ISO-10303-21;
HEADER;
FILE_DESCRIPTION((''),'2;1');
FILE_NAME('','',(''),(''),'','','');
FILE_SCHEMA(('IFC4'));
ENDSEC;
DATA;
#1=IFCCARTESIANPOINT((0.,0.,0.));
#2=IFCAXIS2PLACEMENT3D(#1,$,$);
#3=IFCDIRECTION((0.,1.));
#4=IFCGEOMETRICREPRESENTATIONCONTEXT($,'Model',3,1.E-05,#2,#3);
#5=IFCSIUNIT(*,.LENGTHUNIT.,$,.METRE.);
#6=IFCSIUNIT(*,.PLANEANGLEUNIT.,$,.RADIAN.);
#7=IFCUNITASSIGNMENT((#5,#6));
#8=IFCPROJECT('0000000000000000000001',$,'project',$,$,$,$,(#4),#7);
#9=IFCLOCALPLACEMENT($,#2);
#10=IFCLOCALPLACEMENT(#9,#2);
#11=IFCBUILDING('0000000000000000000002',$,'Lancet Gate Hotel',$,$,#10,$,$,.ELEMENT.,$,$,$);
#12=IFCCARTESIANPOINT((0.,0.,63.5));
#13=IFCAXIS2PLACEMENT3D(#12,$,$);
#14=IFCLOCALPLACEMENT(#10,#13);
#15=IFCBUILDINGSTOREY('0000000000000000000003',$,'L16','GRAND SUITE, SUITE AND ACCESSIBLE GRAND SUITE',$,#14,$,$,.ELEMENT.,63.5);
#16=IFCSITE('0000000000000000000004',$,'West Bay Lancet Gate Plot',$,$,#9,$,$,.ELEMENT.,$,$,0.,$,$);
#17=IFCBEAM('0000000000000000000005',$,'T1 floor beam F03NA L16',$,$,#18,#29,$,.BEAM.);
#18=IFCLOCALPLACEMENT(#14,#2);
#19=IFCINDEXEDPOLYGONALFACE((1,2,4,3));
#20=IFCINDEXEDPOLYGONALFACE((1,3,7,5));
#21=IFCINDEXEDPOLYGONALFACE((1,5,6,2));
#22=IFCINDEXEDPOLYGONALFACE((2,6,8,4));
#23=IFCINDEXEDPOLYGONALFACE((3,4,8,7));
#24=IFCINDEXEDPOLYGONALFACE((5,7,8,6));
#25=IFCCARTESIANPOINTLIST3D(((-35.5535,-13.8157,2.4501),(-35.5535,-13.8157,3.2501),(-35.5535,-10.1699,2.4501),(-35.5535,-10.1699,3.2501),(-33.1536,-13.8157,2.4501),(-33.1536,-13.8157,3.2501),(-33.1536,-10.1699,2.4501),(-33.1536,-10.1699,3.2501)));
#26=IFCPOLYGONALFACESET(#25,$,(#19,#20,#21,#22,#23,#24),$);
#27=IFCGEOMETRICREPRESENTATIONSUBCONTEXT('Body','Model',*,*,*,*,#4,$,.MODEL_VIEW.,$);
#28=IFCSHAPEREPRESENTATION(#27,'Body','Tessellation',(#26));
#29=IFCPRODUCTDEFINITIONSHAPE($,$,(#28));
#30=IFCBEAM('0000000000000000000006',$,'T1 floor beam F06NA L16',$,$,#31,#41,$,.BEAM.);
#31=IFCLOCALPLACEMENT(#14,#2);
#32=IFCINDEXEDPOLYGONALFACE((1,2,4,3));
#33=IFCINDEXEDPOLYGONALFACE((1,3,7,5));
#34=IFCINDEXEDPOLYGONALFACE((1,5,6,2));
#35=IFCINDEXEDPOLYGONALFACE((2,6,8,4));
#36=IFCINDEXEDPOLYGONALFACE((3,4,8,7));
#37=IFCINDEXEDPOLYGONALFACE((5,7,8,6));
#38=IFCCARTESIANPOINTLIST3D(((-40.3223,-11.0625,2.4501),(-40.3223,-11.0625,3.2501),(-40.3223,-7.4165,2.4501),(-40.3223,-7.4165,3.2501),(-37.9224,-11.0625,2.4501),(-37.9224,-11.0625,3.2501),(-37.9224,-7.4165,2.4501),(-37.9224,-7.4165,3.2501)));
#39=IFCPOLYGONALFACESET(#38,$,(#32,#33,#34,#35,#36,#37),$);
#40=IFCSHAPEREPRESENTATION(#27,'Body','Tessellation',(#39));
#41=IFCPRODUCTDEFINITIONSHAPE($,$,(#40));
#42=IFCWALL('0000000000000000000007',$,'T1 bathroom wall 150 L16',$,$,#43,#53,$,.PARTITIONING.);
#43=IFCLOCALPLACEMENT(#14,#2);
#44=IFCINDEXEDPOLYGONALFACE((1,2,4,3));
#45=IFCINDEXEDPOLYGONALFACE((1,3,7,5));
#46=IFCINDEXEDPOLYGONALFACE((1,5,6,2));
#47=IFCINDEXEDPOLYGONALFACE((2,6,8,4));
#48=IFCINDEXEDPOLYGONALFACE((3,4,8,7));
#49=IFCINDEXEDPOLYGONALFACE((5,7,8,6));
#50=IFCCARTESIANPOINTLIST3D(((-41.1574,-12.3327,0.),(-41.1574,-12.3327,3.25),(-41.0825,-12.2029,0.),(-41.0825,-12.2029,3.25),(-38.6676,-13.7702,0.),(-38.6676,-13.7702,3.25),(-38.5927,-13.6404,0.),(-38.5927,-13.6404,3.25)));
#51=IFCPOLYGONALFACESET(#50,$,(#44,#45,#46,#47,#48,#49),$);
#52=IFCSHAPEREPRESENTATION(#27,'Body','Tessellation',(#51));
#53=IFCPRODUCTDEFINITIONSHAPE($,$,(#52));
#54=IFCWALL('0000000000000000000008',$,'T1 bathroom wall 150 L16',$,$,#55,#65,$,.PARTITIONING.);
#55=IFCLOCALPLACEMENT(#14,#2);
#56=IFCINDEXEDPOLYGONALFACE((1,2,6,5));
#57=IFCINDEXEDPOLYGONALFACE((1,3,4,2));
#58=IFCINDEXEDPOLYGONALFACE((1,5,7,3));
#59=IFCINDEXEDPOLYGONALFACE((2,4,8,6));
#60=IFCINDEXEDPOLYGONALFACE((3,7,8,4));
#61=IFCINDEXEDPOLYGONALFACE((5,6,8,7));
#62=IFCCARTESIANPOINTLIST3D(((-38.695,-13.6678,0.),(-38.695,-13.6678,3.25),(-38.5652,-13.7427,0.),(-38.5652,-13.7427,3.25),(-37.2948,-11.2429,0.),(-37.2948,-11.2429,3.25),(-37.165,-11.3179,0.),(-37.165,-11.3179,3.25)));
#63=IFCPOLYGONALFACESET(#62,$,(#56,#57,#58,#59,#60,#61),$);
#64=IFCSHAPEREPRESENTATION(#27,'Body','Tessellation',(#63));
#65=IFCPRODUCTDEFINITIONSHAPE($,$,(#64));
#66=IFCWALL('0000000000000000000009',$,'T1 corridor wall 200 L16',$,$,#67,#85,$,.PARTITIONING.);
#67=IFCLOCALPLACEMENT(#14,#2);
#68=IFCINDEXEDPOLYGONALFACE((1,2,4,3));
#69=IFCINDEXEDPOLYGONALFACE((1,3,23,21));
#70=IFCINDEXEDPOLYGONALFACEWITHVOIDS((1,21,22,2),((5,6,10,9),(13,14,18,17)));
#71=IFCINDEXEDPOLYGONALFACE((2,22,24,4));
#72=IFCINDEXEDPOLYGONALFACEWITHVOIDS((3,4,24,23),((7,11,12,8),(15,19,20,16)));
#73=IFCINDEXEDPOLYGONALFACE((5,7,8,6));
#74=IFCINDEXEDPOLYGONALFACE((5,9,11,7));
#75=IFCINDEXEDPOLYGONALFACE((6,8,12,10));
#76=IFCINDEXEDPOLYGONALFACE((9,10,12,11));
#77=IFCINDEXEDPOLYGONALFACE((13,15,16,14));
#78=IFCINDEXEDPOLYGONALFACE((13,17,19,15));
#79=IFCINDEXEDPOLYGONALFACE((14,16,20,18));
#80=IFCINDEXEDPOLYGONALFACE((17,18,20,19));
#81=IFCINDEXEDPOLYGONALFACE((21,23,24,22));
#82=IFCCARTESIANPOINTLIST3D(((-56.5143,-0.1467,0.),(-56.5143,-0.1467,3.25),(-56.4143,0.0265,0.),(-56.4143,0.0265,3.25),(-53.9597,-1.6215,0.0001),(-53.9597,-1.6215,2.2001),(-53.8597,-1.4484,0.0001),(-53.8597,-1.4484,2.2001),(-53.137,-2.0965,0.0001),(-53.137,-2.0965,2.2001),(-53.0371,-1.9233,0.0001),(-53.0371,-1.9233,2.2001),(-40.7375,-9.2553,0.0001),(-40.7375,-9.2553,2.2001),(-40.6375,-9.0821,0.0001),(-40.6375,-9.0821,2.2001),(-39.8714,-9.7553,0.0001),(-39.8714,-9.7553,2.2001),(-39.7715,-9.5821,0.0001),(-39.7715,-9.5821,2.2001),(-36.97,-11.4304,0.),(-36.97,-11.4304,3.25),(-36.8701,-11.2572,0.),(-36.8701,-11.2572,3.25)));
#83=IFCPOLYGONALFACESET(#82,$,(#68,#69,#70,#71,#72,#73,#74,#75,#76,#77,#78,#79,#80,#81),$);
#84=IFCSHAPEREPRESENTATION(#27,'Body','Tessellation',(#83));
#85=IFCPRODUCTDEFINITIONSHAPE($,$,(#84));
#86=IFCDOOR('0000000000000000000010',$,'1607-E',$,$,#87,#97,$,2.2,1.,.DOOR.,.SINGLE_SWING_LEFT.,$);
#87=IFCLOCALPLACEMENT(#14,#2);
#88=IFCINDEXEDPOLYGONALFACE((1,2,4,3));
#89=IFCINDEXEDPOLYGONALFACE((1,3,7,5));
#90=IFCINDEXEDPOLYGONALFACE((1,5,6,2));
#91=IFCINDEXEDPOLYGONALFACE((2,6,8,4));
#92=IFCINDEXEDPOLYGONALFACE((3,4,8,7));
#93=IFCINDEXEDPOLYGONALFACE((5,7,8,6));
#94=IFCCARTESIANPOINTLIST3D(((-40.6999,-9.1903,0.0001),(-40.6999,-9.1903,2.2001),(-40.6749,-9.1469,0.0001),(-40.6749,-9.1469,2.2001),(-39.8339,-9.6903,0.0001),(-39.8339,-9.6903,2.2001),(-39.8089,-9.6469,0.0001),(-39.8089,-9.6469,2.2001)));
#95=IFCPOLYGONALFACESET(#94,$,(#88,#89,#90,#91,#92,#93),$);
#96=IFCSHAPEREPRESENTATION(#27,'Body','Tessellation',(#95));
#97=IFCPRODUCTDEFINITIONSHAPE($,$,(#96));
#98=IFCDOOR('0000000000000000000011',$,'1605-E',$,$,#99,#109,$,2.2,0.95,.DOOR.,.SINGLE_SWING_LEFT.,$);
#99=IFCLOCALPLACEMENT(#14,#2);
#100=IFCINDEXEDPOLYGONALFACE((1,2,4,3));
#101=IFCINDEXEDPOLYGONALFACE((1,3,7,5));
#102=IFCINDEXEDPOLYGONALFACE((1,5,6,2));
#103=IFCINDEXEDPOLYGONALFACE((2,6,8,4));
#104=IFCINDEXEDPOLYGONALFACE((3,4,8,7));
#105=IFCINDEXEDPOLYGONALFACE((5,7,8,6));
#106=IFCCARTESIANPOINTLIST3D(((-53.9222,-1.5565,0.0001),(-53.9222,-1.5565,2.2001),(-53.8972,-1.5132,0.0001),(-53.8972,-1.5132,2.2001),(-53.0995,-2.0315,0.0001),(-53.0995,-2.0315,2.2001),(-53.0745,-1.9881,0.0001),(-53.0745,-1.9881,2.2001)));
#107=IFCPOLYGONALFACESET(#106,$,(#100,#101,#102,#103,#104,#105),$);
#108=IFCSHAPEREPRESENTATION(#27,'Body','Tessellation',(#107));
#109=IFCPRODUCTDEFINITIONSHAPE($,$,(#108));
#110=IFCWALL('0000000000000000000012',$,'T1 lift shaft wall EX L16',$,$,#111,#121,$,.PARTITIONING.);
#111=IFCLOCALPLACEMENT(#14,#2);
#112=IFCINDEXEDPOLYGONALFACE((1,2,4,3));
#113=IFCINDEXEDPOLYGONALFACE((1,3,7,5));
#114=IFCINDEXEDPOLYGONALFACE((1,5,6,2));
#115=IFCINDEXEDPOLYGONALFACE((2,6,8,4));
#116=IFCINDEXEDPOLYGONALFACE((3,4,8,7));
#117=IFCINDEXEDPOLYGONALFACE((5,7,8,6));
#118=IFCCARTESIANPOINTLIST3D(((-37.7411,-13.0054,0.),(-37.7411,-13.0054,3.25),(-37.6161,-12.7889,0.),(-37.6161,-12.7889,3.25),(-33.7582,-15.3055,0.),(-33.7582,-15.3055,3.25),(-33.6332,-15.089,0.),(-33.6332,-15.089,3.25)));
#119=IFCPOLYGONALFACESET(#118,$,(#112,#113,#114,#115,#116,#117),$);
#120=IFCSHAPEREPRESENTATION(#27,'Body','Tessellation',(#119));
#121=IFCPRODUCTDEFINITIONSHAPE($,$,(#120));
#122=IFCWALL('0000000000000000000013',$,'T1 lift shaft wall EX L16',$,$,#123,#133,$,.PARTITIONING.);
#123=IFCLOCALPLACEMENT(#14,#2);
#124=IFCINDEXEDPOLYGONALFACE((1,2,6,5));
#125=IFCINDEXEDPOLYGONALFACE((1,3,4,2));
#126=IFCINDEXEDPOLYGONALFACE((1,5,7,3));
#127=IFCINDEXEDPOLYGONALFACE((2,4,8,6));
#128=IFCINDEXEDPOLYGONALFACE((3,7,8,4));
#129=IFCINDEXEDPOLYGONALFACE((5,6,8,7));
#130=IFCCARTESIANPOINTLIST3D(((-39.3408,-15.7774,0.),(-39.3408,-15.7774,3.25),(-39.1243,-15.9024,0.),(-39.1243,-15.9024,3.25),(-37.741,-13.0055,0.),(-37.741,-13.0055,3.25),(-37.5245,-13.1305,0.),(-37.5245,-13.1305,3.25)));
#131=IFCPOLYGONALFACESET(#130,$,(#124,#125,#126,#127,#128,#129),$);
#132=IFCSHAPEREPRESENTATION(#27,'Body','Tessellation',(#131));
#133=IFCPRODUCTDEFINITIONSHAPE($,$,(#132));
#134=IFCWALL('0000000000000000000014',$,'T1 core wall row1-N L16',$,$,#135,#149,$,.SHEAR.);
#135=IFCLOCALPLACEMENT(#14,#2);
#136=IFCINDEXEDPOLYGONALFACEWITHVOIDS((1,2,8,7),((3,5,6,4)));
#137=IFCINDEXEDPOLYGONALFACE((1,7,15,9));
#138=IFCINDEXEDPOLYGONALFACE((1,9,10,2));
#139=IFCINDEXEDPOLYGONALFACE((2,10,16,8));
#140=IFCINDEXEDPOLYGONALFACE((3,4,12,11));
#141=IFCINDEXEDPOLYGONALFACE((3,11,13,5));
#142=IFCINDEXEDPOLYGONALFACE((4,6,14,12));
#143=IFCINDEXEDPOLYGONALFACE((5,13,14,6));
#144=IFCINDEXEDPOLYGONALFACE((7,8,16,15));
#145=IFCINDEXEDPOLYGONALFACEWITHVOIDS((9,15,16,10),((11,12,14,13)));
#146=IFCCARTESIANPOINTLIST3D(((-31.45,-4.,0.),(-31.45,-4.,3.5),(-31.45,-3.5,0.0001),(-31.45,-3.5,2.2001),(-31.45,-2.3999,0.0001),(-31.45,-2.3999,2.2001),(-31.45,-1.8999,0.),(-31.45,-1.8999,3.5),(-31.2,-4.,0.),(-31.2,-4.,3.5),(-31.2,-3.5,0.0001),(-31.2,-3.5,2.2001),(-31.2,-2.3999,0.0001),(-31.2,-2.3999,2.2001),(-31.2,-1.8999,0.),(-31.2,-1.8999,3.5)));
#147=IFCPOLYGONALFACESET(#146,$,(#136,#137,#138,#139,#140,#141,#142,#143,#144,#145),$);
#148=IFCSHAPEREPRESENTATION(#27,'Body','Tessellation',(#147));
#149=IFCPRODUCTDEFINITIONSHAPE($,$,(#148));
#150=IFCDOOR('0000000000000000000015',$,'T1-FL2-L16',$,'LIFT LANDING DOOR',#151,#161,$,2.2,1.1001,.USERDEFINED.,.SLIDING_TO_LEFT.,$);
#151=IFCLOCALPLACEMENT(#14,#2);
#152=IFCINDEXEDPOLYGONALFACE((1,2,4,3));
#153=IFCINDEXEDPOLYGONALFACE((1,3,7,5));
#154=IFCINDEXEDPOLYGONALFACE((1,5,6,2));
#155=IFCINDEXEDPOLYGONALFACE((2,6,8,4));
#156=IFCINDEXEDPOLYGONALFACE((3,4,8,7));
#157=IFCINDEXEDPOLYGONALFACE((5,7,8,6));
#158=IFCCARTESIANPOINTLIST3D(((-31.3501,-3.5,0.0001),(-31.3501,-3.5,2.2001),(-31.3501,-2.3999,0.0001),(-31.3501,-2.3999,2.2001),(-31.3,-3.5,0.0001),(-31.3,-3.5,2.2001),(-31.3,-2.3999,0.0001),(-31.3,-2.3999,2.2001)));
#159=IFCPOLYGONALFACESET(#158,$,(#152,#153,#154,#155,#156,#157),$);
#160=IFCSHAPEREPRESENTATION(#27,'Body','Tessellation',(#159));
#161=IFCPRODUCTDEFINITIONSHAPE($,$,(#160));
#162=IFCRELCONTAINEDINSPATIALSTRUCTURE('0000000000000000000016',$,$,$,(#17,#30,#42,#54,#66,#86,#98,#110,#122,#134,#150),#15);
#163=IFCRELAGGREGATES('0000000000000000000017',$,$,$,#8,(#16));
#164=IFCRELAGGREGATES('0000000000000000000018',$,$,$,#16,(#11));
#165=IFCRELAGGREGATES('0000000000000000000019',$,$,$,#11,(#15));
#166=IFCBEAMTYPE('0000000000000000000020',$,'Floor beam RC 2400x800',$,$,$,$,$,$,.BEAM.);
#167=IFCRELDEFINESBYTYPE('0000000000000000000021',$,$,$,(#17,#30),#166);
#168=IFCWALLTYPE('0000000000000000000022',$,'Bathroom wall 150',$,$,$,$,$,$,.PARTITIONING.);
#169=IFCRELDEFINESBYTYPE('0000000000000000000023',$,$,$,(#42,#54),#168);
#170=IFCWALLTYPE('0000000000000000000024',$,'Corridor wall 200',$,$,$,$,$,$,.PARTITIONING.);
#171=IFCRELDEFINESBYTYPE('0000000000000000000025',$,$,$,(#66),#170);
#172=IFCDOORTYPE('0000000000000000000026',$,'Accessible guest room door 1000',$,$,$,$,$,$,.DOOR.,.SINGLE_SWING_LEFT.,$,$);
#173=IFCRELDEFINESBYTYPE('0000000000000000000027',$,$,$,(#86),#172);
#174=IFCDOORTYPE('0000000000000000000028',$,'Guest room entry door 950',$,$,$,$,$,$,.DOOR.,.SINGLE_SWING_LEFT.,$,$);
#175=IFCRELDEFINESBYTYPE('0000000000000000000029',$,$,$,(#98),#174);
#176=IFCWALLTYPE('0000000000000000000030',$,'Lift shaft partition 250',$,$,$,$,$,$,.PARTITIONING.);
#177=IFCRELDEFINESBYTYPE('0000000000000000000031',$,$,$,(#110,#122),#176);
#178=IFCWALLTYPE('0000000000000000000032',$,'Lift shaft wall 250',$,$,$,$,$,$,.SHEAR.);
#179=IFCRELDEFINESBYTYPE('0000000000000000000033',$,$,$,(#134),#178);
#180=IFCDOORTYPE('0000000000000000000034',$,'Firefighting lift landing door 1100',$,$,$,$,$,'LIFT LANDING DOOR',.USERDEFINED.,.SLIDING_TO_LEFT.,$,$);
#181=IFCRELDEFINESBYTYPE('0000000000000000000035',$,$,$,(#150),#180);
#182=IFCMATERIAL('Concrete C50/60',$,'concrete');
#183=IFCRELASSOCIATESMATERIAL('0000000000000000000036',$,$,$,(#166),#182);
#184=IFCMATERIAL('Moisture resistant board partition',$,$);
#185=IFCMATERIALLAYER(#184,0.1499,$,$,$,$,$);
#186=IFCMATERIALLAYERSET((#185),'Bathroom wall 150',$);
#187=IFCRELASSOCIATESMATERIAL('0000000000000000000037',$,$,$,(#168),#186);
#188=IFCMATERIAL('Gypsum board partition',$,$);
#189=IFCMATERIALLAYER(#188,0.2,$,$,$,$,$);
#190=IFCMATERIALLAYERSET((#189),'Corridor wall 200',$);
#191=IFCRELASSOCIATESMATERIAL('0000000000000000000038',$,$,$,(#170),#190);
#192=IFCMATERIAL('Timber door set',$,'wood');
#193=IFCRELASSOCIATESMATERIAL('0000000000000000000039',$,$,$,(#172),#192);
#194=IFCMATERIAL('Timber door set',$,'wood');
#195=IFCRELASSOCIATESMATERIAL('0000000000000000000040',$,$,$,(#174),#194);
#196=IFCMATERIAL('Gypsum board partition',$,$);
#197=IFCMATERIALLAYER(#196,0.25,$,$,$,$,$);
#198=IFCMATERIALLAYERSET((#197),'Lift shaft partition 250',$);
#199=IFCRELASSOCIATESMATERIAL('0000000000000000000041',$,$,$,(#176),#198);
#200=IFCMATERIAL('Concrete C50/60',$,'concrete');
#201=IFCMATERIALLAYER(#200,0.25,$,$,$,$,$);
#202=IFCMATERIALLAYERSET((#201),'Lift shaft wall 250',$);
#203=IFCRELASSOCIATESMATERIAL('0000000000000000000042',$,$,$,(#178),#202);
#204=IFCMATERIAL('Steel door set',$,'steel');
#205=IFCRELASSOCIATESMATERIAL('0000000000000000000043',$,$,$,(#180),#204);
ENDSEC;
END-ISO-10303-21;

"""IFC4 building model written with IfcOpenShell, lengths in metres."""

from ifc_helpers import new_model, si_unit, direction, frame, frame_2d, origin, origin_2d, place, context, subcontext, project, spatial, rectangle, extrude, material, layer, layer_set, material_profile, profile_set, type_object, element, fill, save


model = new_model("IFC4")

# Units and contexts
model_context = context("Model", 3, precision=1e-05, world=origin(), true_north=direction((0.0, 1.0)))
body_context = subcontext(model_context, "Body", "Model", "MODEL_VIEW")
ifc_project = project(units=[si_unit("LENGTHUNIT", "METRE"), si_unit("PLANEANGLEUNIT", "RADIAN")], contexts=[model_context])

# Site, building, storey
site_placement = place(None, origin())
site = spatial("IfcSite", under=ifc_project, at=site_placement, Name="West Bay Lancet Gate Plot", CompositionType="ELEMENT", RefElevation=0.0)
building_placement = place(site_placement, origin())
building = spatial("IfcBuilding", under=site, at=building_placement, Name="Lancet Gate Hotel", CompositionType="ELEMENT")
storey_placement = place(building_placement, frame((0.0, 0.0, 63.5)))
storey = spatial("IfcBuildingStorey", under=building, at=storey_placement, Name="L16", Description="GRAND SUITE, SUITE AND ACCESSIBLE GRAND SUITE", CompositionType="ELEMENT", Elevation=63.5)

# Beams
ifc_material_1 = material(Name="Concrete C50/60", Category="concrete")
ifc_material_profile = material_profile(ifc_material_1, rectangle(XDim=2.3999, YDim=0.8, at=origin_2d()), Name="RC 2400x800")
ifc_profile_set = profile_set([ifc_material_profile], Name="Concrete C50/60")
beam_type = type_object("IfcBeamType", Name="Floor beam RC 2400x800", PredefinedType="BEAM", material=ifc_profile_set)
beam_1_placement = place(storey_placement, frame((-34.3535, -10.1699, 2.8501), z_axis=(0.0, -1.0, 0.0), x_axis=(1.0, 0.0, 0.0)))
element("IfcBeam", 1, at=beam_1_placement, inside=storey, type_object=beam_type, Name="T1 floor beam F03NA L16", PredefinedType="BEAM", context=body_context, shape_type="SweptSolid", body=[
    extrude(rectangle(XDim=2.3999, YDim=0.8, at=origin_2d()), origin(), (0.0, 0.0, 1.0), 3.6458),
])
beam_2_placement = place(storey_placement, frame((-39.1223, -7.4165, 2.8501), z_axis=(0.0, -1.0, 0.0), x_axis=(1.0, 0.0, 0.0)))
element("IfcBeam", 2, at=beam_2_placement, inside=storey, type_object=beam_type, Name="T1 floor beam F06NA L16", PredefinedType="BEAM", context=body_context, shape_type="SweptSolid", body=[
    extrude(rectangle(XDim=2.3999, YDim=0.8, at=origin_2d()), origin(), (0.0, 0.0, 1.0), 3.646),
])

# Walls
ifc_material_2 = material(Name="Moisture resistant board partition")
ifc_layer_1 = layer(ifc_material_2, 0.1499)
ifc_layer_set_1 = layer_set([ifc_layer_1], Name="Bathroom wall 150")
wall_type_1 = type_object("IfcWallType", Name="Bathroom wall 150", PredefinedType="PARTITIONING", material=ifc_layer_set_1)
wall_1_placement = place(storey_placement, frame((-38.6301, -13.7053, 0.0), z_axis=(0.0, 0.0, 1.0), x_axis=(-0.866019, 0.500012, 0.0)))
element("IfcWall", 3, at=wall_1_placement, inside=storey, type_object=wall_type_1, Name="T1 bathroom wall 150 L16", PredefinedType="PARTITIONING", context=body_context, shape_type="SweptSolid", body=[
    extrude(rectangle(XDim=2.875, YDim=0.1499, at=frame_2d((1.4375, 0.0))), origin(), (0.0, 0.0, 1.0), 3.25),
])
wall_2_placement = place(storey_placement, frame((-37.23, -11.2805, 0.0), z_axis=(0.0, 0.0, 1.0), x_axis=(-0.50005, -0.865997, 0.0)))
element("IfcWall", 4, at=wall_2_placement, inside=storey, type_object=wall_type_1, Name="T1 bathroom wall 150 L16", PredefinedType="PARTITIONING", context=body_context, shape_type="SweptSolid", body=[
    extrude(rectangle(XDim=2.8, YDim=0.1499, at=frame_2d((1.3999, 0.0))), origin(), (0.0, 0.0, 1.0), 3.25),
])

# Wall, openings, doors
ifc_material_3 = material(Name="Gypsum board partition")
ifc_layer_2 = layer(ifc_material_3, 0.2)
ifc_layer_set_2 = layer_set([ifc_layer_2], Name="Corridor wall 200")
wall_type_2 = type_object("IfcWallType", Name="Corridor wall 200", PredefinedType="PARTITIONING", material=ifc_layer_set_2)
wall_3_placement = place(storey_placement, frame((-36.9202, -11.3438, 0.0), z_axis=(0.0, 0.0, 1.0), x_axis=(-0.866028, 0.499995, 0.0)))
wall_3 = element("IfcWall", 5, at=wall_3_placement, inside=storey, type_object=wall_type_2, Name="T1 corridor wall 200 L16", PredefinedType="PARTITIONING", context=body_context, shape_type="SweptSolid", body=[
    extrude(rectangle(XDim=22.5676, YDim=0.2, at=frame_2d((11.2837, 0.0))), origin(), (0.0, 0.0, 1.0), 3.25),
])
opening_1_placement = place(wall_3_placement, frame((18.6677, 0.0, 0.0)))
opening_1 = element("IfcOpeningElement", 6, at=opening_1_placement, cuts=wall_3, PredefinedType="OPENING", context=body_context, shape_type="SweptSolid", body=[
    extrude(rectangle(XDim=0.95, YDim=2.2, at=frame_2d((0.4751, 1.1001))), frame((0.0, 0.1099, 0.0), z_axis=(0.0, -1.0, 0.0), x_axis=(1.0, 0.0, 0.0)), (0.0, 0.0, 1.0), 0.22),
])
opening_2_placement = place(wall_3_placement, frame((3.3501, 0.0, 0.0)))
opening_2 = element("IfcOpeningElement", 7, at=opening_2_placement, cuts=wall_3, PredefinedType="OPENING", context=body_context, shape_type="SweptSolid", body=[
    extrude(rectangle(XDim=1.0, YDim=2.2, at=frame_2d((0.5, 1.1001))), frame((0.0, 0.1099, 0.0), z_axis=(0.0, -1.0, 0.0), x_axis=(1.0, 0.0, 0.0)), (0.0, 0.0, 1.0), 0.22),
])
ifc_material_4 = material(Name="Timber door set", Category="wood")
door_type_1 = type_object("IfcDoorType", Name="Accessible guest room door 1000", OperationType="SINGLE_SWING_LEFT", PredefinedType="DOOR", material=ifc_material_4)
door_1_placement = place(opening_2_placement, origin())
door_1 = element("IfcDoor", 8, at=door_1_placement, inside=storey, type_object=door_type_1, Name="1607-E", OperationType="SINGLE_SWING_LEFT", OverallHeight=2.2, OverallWidth=1.0, PredefinedType="DOOR", context=body_context, shape_type="SweptSolid", body=[
    extrude(rectangle(XDim=1.0, YDim=2.2, at=frame_2d((0.5, 1.1001))), frame((0.0, 0.0249, 0.0), z_axis=(0.0, -1.0, 0.0), x_axis=(1.0, 0.0, 0.0)), (0.0, 0.0, 1.0), 0.05),
])
fill(opening_2, door_1)
ifc_material_5 = material(Name="Timber door set", Category="wood")
door_type_2 = type_object("IfcDoorType", Name="Guest room entry door 950", OperationType="SINGLE_SWING_LEFT", PredefinedType="DOOR", material=ifc_material_5)
door_2_placement = place(opening_1_placement, origin())
door_2 = element("IfcDoor", 9, at=door_2_placement, inside=storey, type_object=door_type_2, Name="1605-E", OperationType="SINGLE_SWING_LEFT", OverallHeight=2.2, OverallWidth=0.95, PredefinedType="DOOR", context=body_context, shape_type="SweptSolid", body=[
    extrude(rectangle(XDim=0.95, YDim=2.2, at=frame_2d((0.4751, 1.1001))), frame((0.0, 0.0249, 0.0), z_axis=(0.0, -1.0, 0.0), x_axis=(1.0, 0.0, 0.0)), (0.0, 0.0, 1.0), 0.05),
])
fill(opening_1, door_2)

# Walls
ifc_material_6 = material(Name="Gypsum board partition")
ifc_layer_3 = layer(ifc_material_6, 0.25)
ifc_layer_set_3 = layer_set([ifc_layer_3], Name="Lift shaft partition 250")
wall_type_3 = type_object("IfcWallType", Name="Lift shaft partition 250", PredefinedType="PARTITIONING", material=ifc_layer_set_3)
wall_4_placement = place(storey_placement, frame((-33.6956, -15.1973, 0.0), z_axis=(0.0, 0.0, 1.0), x_axis=(-0.865977, 0.500084, 0.0)))
element("IfcWall", 10, at=wall_4_placement, inside=storey, type_object=wall_type_3, Name="T1 lift shaft wall EX L16", PredefinedType="PARTITIONING", context=body_context, shape_type="SweptSolid", body=[
    extrude(rectangle(XDim=4.5994, YDim=0.25, at=frame_2d((2.2998, 0.0))), origin(), (0.0, 0.0, 1.0), 3.25),
])
wall_5_placement = place(storey_placement, frame((-37.6328, -13.0681, 0.0), z_axis=(0.0, 0.0, 1.0), x_axis=(-0.499872, -0.866099, 0.0)))
element("IfcWall", 11, at=wall_5_placement, inside=storey, type_object=wall_type_3, Name="T1 lift shaft wall EX L16", PredefinedType="PARTITIONING", context=body_context, shape_type="SweptSolid", body=[
    extrude(rectangle(XDim=3.2004, YDim=0.25, at=frame_2d((1.6001, 0.0))), origin(), (0.0, 0.0, 1.0), 3.25),
])

# Wall, opening, door
ifc_material_7 = material(Name="Concrete C50/60", Category="concrete")
ifc_layer_4 = layer(ifc_material_7, 0.25)
ifc_layer_set_4 = layer_set([ifc_layer_4], Name="Lift shaft wall 250")
wall_type_4 = type_object("IfcWallType", Name="Lift shaft wall 250", PredefinedType="SHEAR", material=ifc_layer_set_4)
wall_6_placement = place(storey_placement, frame((-31.325, -1.8999, 0.0), z_axis=(0.0, 0.0, 1.0), x_axis=(0.0, -1.0, 0.0)))
wall_6 = element("IfcWall", 12, at=wall_6_placement, inside=storey, type_object=wall_type_4, Name="T1 core wall row1-N L16", PredefinedType="SHEAR", context=body_context, shape_type="SweptSolid", body=[
    extrude(rectangle(XDim=2.1001, YDim=0.25, at=frame_2d((1.05, 0.0))), origin(), (0.0, 0.0, 1.0), 3.5),
])
opening_3_placement = place(wall_6_placement, frame((0.5, 0.0, 0.0)))
opening_3 = element("IfcOpeningElement", 13, at=opening_3_placement, cuts=wall_6, PredefinedType="OPENING", context=body_context, shape_type="SweptSolid", body=[
    extrude(rectangle(XDim=1.1001, YDim=2.2, at=frame_2d((0.55, 1.1001))), frame((0.0, 0.135, 0.0), z_axis=(0.0, -1.0, 0.0), x_axis=(1.0, 0.0, 0.0)), (0.0, 0.0, 1.0), 0.27),
])
ifc_material_8 = material(Name="Steel door set", Category="steel")
door_type_3 = type_object("IfcDoorType", Name="Firefighting lift landing door 1100", ElementType="LIFT LANDING DOOR", OperationType="SLIDING_TO_LEFT", PredefinedType="USERDEFINED", material=ifc_material_8)
door_3_placement = place(opening_3_placement, origin())
door_3 = element("IfcDoor", 14, at=door_3_placement, inside=storey, type_object=door_type_3, Name="T1-FL2-L16", ObjectType="LIFT LANDING DOOR", OperationType="SLIDING_TO_LEFT", OverallHeight=2.2, OverallWidth=1.1001, PredefinedType="USERDEFINED", context=body_context, shape_type="SweptSolid", body=[
    extrude(rectangle(XDim=1.1001, YDim=2.2, at=frame_2d((0.55, 1.1001))), frame((0.0, 0.0249, 0.0), z_axis=(0.0, -1.0, 0.0), x_axis=(1.0, 0.0, 0.0)), (0.0, 0.0, 1.0), 0.05),
])
fill(opening_3, door_3)

save(model, "model.ifc")
